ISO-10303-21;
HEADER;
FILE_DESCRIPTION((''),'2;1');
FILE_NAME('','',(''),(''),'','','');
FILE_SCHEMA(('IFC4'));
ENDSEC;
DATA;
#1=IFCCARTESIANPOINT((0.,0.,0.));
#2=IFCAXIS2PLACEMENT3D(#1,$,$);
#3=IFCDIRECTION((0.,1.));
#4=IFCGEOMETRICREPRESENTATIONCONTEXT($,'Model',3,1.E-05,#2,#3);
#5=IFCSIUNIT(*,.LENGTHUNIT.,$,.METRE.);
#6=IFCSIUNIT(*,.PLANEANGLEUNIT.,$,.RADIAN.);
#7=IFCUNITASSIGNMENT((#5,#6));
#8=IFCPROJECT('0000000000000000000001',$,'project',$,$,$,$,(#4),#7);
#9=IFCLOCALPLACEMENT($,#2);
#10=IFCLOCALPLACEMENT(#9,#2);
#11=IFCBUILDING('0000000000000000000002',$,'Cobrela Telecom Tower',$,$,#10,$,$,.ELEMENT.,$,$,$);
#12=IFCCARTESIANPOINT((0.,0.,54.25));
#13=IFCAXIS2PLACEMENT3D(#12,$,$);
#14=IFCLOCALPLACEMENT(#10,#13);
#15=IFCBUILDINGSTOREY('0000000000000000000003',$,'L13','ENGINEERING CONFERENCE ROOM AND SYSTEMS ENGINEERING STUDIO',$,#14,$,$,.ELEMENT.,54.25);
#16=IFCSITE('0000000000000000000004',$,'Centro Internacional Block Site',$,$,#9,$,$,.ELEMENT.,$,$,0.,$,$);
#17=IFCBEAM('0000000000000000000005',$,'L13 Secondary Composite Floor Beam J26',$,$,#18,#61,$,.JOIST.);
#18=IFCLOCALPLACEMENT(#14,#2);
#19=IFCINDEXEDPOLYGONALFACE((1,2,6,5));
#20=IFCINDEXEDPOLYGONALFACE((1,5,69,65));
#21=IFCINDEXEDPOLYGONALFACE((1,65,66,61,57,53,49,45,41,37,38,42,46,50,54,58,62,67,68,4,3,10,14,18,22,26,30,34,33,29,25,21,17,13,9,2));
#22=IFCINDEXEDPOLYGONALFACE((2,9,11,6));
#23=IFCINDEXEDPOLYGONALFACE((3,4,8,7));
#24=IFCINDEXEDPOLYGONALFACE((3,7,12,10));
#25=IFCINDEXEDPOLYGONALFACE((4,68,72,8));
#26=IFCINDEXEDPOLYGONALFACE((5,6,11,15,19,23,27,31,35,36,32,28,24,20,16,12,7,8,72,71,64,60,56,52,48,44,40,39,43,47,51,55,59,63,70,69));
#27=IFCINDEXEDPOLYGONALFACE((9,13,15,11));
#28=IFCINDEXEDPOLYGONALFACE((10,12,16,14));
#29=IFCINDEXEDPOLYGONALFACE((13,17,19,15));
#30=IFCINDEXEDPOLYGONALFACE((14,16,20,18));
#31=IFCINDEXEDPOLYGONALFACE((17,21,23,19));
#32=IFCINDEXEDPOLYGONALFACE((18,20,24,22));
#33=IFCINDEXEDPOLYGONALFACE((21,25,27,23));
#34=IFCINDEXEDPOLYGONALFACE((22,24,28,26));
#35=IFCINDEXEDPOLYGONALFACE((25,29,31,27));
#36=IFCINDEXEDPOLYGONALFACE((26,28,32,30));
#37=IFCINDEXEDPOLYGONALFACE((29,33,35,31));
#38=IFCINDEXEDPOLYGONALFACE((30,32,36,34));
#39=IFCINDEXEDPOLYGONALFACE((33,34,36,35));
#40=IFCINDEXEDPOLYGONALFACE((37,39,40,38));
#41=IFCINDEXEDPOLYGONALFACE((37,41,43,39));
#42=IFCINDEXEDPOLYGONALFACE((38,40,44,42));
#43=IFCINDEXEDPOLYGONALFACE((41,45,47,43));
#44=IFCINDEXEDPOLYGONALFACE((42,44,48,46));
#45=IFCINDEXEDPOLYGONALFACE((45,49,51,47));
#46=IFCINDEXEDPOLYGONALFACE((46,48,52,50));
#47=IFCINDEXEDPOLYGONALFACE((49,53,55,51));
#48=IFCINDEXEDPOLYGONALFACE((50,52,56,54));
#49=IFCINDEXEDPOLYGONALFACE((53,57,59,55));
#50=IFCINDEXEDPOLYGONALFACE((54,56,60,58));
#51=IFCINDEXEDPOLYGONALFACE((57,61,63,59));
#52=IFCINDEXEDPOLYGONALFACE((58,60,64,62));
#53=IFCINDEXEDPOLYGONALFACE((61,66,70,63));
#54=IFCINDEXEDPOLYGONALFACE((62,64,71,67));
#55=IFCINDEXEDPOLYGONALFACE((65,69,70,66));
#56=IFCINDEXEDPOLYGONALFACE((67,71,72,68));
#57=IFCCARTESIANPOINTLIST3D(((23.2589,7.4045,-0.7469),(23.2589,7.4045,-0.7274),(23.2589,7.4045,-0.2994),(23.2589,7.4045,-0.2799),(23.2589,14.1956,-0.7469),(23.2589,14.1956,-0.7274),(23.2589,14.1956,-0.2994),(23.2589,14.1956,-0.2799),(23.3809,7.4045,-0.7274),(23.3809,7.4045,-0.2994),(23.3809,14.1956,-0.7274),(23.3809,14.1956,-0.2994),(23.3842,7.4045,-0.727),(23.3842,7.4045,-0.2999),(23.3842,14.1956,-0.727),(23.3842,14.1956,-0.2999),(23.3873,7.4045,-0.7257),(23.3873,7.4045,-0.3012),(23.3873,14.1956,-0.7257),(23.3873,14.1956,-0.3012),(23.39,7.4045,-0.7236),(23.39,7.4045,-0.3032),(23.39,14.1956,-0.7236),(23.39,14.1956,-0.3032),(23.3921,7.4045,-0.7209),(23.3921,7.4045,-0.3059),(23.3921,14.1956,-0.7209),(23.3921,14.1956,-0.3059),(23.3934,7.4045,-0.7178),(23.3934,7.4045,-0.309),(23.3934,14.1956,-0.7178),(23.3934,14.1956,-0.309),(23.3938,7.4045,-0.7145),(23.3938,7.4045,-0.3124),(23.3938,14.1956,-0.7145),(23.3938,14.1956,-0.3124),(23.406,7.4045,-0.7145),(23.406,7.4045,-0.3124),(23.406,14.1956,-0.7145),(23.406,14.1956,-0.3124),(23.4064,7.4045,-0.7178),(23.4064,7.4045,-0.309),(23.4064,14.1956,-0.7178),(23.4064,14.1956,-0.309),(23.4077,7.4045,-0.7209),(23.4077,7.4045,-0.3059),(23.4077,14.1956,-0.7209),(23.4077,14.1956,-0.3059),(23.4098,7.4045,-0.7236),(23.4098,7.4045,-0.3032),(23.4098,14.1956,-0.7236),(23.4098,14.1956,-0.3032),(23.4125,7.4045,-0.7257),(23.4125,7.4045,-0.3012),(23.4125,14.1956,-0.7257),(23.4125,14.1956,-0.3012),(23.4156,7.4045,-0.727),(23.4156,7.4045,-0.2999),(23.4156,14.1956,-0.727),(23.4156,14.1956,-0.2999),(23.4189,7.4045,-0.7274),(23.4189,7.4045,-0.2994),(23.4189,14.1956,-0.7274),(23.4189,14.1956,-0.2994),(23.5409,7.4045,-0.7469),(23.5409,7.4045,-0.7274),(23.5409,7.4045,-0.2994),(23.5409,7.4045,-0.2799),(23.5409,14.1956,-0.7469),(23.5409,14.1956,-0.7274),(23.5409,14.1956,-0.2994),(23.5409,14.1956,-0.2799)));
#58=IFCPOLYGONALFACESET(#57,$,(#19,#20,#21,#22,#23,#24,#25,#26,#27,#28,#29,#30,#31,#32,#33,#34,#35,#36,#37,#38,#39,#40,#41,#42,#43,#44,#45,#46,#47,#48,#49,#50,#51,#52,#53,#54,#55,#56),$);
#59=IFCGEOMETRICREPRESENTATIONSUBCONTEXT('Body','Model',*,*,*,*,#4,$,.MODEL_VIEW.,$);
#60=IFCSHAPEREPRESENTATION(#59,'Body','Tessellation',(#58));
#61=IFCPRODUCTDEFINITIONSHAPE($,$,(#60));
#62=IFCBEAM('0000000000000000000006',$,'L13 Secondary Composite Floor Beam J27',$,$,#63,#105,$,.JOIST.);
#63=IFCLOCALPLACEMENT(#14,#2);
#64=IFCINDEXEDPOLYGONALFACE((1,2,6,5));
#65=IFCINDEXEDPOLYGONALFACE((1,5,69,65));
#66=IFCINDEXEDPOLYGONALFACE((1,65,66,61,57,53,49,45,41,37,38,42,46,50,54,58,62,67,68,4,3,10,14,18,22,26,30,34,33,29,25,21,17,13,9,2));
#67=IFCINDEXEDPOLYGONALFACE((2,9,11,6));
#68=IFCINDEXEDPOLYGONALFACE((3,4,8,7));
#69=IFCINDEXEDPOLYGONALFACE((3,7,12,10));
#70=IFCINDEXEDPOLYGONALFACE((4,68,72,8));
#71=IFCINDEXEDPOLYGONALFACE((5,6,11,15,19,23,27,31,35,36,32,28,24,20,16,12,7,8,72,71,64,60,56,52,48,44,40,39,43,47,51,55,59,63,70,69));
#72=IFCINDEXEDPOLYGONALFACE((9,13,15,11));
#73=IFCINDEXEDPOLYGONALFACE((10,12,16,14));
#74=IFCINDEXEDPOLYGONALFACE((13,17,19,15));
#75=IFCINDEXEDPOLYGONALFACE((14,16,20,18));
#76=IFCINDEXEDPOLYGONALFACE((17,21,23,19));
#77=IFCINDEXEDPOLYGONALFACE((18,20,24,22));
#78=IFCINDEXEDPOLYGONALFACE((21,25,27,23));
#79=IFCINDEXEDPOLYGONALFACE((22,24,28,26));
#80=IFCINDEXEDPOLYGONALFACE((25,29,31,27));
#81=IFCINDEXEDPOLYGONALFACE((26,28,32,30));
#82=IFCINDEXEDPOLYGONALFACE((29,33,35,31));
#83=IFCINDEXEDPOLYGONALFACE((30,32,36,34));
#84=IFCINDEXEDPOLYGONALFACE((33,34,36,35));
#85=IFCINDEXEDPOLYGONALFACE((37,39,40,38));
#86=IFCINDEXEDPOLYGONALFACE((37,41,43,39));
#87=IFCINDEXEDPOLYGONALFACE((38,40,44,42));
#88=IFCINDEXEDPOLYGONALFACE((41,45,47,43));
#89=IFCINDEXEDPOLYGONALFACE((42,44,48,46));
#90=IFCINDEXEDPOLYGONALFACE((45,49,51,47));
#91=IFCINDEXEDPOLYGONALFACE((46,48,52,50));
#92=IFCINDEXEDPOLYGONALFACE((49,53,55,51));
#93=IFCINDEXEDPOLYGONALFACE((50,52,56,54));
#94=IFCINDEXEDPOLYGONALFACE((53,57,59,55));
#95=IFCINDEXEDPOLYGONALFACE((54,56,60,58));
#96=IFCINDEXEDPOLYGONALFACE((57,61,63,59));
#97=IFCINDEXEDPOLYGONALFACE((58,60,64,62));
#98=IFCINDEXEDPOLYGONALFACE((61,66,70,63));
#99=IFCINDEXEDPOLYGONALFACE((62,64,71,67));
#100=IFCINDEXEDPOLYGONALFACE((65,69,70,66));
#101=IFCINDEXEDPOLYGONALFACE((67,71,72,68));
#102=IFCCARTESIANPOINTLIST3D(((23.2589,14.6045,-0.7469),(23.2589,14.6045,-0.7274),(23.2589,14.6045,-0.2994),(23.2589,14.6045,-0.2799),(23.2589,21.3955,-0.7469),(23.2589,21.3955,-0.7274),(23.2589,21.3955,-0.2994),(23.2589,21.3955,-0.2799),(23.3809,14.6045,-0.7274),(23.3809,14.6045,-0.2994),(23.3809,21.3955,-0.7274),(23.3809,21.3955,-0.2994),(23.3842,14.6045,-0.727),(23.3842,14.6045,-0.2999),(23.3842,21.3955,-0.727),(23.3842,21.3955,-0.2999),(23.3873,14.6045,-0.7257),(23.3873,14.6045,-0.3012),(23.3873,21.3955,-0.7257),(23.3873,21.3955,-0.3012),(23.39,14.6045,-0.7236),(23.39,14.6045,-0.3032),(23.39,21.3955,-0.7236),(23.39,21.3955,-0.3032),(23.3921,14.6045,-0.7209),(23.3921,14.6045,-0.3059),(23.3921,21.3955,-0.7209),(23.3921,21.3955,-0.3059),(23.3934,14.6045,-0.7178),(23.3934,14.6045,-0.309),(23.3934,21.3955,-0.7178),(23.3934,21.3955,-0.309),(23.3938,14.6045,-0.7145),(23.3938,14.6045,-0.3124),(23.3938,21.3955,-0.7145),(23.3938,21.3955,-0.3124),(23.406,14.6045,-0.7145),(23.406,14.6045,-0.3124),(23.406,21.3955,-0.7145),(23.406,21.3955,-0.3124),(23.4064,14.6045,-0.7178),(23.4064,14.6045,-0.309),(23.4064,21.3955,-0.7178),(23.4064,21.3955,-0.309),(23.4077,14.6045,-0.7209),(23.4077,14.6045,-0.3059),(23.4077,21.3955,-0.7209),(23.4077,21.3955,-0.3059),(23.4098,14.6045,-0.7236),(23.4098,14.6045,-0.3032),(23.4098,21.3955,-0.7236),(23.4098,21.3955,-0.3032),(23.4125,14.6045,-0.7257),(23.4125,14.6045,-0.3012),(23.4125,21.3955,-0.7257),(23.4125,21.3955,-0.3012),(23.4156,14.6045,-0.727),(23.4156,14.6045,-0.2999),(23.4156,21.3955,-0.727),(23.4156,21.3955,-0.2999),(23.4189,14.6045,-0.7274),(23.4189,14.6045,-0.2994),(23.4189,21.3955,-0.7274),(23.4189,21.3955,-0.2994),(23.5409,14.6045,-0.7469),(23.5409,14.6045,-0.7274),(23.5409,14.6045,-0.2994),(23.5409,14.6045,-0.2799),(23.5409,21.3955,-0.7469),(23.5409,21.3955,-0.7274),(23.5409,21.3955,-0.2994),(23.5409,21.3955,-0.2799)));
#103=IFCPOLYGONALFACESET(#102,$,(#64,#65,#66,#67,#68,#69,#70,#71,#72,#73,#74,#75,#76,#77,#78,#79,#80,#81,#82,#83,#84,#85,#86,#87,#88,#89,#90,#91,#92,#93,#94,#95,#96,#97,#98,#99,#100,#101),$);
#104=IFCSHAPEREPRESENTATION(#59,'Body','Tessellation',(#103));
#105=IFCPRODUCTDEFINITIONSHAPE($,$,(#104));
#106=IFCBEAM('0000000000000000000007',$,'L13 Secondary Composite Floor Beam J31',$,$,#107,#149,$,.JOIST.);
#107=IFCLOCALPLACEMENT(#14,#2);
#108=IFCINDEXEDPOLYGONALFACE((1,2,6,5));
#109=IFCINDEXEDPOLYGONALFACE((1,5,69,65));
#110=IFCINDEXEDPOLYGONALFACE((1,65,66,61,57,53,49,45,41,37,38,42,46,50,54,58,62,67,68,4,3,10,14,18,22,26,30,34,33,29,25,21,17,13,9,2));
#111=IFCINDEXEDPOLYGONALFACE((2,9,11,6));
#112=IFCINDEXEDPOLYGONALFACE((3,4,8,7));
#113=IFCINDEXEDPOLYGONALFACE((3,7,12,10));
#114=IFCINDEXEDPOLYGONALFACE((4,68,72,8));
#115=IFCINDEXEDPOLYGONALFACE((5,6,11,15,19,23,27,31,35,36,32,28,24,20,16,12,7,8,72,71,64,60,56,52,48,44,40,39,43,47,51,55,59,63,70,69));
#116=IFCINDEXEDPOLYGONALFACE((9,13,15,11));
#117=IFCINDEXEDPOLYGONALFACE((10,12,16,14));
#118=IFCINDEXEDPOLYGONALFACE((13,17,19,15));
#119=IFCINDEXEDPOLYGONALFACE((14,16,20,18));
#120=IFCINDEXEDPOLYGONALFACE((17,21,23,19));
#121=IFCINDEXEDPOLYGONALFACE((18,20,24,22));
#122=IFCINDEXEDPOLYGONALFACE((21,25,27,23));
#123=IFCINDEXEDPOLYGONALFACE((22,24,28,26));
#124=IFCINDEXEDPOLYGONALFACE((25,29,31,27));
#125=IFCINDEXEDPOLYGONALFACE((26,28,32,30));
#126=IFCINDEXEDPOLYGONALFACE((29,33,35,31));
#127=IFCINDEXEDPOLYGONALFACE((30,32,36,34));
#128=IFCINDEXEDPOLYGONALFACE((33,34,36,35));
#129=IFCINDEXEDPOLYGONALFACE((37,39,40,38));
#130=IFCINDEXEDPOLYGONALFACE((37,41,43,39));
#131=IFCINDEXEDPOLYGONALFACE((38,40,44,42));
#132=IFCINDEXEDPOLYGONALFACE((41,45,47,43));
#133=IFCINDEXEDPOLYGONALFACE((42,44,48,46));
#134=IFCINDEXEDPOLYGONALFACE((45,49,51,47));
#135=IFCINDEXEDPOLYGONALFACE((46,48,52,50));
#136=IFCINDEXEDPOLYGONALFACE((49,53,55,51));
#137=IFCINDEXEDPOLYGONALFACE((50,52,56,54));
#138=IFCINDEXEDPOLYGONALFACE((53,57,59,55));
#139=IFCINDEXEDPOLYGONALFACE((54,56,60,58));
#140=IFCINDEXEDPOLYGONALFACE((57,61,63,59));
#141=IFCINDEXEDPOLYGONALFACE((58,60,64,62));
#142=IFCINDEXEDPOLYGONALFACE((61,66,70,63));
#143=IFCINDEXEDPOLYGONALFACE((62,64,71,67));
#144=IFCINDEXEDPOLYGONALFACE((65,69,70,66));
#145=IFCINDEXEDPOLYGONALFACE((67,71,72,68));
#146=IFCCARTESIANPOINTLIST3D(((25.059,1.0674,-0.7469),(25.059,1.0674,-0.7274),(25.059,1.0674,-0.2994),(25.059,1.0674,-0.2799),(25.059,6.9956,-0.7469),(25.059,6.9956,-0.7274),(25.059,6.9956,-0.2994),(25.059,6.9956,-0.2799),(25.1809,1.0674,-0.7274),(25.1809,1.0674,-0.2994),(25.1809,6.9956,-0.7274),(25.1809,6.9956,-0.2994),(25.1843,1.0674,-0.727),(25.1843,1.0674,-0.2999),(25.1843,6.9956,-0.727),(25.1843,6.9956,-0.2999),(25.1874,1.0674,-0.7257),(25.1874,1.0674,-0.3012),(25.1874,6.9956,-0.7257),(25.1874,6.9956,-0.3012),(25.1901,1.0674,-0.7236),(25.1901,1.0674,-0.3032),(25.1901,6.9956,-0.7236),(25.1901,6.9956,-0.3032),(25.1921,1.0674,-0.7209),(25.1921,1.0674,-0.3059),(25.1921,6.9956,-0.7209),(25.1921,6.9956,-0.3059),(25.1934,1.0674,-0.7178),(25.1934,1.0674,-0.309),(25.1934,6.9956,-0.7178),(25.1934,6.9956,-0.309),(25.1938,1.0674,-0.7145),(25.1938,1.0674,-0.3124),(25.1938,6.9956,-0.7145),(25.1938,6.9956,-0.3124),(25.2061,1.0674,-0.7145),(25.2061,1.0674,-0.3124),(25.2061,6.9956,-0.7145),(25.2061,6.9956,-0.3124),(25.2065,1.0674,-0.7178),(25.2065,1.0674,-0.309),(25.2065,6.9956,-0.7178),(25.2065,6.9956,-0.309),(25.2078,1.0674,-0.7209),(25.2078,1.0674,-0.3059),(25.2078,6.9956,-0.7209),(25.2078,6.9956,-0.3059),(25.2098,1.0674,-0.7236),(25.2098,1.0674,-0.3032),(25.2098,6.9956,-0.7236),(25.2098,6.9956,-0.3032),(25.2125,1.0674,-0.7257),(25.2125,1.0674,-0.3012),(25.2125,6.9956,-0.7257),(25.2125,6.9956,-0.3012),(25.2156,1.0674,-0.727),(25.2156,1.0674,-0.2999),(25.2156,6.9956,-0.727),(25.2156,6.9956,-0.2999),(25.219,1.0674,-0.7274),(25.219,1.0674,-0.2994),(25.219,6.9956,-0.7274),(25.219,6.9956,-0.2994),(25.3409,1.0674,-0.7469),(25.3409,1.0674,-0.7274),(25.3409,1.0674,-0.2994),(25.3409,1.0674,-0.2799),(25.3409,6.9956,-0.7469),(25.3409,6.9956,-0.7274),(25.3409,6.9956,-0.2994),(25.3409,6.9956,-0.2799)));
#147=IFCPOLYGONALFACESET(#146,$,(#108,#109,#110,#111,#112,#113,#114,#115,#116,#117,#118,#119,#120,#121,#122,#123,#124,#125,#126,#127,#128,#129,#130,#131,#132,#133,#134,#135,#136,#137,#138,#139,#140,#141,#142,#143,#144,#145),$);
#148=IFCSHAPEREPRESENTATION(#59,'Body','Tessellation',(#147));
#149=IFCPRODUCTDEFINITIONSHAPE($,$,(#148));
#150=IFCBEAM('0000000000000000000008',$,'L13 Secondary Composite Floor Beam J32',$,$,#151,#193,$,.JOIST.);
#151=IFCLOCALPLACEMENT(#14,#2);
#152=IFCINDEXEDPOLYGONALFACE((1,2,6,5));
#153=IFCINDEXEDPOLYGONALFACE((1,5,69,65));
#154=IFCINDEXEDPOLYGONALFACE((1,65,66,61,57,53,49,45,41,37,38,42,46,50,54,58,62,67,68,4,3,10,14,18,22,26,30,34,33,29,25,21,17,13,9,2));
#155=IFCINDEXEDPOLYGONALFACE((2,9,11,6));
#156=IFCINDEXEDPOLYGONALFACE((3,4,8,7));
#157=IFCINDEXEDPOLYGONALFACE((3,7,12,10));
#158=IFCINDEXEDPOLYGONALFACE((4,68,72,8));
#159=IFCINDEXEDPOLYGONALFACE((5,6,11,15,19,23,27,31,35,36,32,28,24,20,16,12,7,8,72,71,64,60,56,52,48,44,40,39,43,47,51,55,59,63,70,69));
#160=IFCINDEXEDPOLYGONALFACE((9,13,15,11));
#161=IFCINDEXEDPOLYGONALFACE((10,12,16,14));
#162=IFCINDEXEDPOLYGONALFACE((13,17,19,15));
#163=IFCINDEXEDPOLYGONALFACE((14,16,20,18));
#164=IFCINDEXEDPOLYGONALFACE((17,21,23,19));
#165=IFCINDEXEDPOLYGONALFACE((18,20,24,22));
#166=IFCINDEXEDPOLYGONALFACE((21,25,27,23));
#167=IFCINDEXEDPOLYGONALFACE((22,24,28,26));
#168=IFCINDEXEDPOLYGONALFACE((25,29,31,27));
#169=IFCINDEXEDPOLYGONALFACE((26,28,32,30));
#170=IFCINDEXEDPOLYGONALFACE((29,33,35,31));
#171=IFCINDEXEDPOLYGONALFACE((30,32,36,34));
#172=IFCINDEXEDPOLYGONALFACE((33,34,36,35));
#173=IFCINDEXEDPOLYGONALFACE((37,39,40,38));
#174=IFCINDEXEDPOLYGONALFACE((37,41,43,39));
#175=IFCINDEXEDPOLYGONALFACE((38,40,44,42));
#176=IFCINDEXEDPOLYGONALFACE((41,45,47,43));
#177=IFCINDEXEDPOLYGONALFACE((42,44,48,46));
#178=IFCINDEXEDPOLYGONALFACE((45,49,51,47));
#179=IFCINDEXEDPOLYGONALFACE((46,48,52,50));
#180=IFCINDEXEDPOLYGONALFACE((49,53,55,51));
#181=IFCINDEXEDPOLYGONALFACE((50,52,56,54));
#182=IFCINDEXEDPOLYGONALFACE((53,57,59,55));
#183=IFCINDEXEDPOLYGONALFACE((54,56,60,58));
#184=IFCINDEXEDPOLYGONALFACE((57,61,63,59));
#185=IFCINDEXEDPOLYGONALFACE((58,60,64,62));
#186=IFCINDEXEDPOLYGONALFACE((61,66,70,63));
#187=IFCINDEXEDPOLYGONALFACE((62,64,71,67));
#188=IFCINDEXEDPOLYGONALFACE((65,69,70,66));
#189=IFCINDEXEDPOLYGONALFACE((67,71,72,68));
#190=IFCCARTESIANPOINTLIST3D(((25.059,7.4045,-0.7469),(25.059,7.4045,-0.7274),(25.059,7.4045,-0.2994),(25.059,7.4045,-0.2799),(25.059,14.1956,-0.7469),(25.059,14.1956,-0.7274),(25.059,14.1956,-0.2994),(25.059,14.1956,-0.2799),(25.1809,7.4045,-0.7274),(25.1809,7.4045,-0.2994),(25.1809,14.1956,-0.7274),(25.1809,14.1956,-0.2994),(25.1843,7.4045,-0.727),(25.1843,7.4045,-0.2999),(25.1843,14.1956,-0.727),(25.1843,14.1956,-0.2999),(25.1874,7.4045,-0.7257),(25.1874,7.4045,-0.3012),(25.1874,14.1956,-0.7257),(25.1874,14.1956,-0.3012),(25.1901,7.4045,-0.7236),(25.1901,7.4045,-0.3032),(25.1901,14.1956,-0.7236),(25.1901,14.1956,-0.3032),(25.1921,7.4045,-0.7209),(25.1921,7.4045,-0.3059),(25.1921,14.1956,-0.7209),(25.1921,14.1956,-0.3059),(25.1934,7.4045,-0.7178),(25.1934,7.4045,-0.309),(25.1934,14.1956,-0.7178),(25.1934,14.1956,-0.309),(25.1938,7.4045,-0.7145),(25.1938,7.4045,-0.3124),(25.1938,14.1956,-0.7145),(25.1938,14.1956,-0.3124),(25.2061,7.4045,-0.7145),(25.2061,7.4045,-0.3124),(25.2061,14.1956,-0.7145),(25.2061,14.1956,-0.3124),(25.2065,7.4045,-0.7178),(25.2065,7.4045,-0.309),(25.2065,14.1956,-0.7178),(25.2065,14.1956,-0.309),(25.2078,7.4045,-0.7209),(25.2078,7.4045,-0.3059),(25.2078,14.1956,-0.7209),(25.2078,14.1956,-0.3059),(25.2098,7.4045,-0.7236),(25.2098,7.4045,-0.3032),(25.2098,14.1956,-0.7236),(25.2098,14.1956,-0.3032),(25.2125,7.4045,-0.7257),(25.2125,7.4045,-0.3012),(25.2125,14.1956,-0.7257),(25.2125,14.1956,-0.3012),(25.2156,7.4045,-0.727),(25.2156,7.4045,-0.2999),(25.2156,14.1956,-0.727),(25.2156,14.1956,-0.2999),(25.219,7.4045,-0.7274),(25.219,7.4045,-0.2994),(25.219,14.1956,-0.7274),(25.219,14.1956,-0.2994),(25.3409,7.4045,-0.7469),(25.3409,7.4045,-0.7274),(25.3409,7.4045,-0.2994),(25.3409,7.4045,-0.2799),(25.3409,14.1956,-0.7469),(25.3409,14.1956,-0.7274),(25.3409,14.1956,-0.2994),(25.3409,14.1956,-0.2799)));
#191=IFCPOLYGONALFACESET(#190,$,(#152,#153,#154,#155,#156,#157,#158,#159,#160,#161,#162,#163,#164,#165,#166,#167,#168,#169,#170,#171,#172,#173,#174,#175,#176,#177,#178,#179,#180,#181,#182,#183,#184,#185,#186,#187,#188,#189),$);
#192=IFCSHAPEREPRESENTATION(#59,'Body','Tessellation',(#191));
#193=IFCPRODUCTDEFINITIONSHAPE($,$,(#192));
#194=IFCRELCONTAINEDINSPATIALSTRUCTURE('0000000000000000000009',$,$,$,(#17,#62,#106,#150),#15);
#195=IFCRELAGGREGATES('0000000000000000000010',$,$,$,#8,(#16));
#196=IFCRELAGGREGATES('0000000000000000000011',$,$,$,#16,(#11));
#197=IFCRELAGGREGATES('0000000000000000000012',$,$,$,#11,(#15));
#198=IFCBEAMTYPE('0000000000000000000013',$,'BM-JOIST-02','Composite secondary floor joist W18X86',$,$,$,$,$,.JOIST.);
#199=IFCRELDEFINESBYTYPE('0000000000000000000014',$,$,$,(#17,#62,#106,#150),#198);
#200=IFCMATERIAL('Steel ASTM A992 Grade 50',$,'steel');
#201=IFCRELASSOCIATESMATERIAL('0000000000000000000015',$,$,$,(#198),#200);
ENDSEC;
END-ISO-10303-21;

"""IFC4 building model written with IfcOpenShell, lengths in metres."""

from ifc_helpers import new_model, si_unit, direction, frame, origin, origin_2d, place, context, subcontext, project, spatial, i_section, extrude, material, material_profile, profile_set, type_object, element, save


model = new_model("IFC4")

# Units and contexts
model_context = context("Model", 3, precision=1e-05, world=origin(), true_north=direction((0.0, 1.0)))
body_context = subcontext(model_context, "Body", "Model", "MODEL_VIEW")
ifc_project = project(units=[si_unit("LENGTHUNIT", "METRE"), si_unit("PLANEANGLEUNIT", "RADIAN")], contexts=[model_context])

# Site, building, storey
site_placement = place(None, origin())
site = spatial("IfcSite", under=ifc_project, at=site_placement, Name="Centro Internacional Block Site", CompositionType="ELEMENT", RefElevation=0.0)
building_placement = place(site_placement, origin())
building = spatial("IfcBuilding", under=site, at=building_placement, Name="Cobrela Telecom Tower", CompositionType="ELEMENT")
storey_placement = place(building_placement, frame((0.0, 0.0, 54.25)))
storey = spatial("IfcBuildingStorey", under=building, at=storey_placement, Name="L13", Description="ENGINEERING CONFERENCE ROOM AND SYSTEMS ENGINEERING STUDIO", CompositionType="ELEMENT", Elevation=54.25)

# Shared definitions
ifc_material_1 = material(Name="Steel ASTM A992 Grade 50", Category="steel")

# Beams
ifc_material_profile_1 = material_profile(ifc_material_1, i_section(OverallWidth=0.282, OverallDepth=0.467, WebThickness=0.0122, FlangeThickness=0.0195, FilletRadius=0.0129, at=origin_2d()), Name="W18X86")
ifc_profile_set_1 = profile_set([ifc_material_profile_1], Name="Steel ASTM A992 Grade 50")
beam_type_1 = type_object("IfcBeamType", Name="BM-JOIST-02", Description="Composite secondary floor joist W18X86", PredefinedType="JOIST", material=ifc_profile_set_1)
for number, where, z_axis, x_axis, name in (
    (1, (23.3999, 7.4045, -0.5134), (0.0, 1.0, 0.0), (-1.0, 0.0, 0.0), "L13 Secondary Composite Floor Beam J26"),
    (2, (23.3999, 14.6045, -0.5134), (0.0, 1.0, 0.0), (-1.0, 0.0, 0.0), "L13 Secondary Composite Floor Beam J27"),
):
    element("IfcBeam", number, at=place(storey_placement, frame(where, z_axis=z_axis, x_axis=x_axis)), inside=storey, type_object=beam_type_1, Name=name, PredefinedType="JOIST", context=body_context, shape_type="SweptSolid", body=[
        extrude(i_section(OverallWidth=0.282, OverallDepth=0.467, WebThickness=0.0122, FlangeThickness=0.0195, FilletRadius=0.0129, at=origin_2d()), origin(), (0.0, 0.0, 1.0), 6.791),
    ])
beam_1_placement = place(storey_placement, frame((25.2, 1.0674, -0.5134), z_axis=(0.0, 1.0, 0.0), x_axis=(-1.0, 0.0, 0.0)))
element("IfcBeam", 3, at=beam_1_placement, inside=storey, type_object=beam_type_1, Name="L13 Secondary Composite Floor Beam J31", PredefinedType="JOIST", context=body_context, shape_type="SweptSolid", body=[
    extrude(i_section(OverallWidth=0.282, OverallDepth=0.467, WebThickness=0.0122, FlangeThickness=0.0195, FilletRadius=0.0129, at=origin_2d()), origin(), (0.0, 0.0, 1.0), 5.9282),
])
beam_2_placement = place(storey_placement, frame((25.2, 7.4045, -0.5134), z_axis=(0.0, 1.0, 0.0), x_axis=(-1.0, 0.0, 0.0)))
element("IfcBeam", 4, at=beam_2_placement, inside=storey, type_object=beam_type_1, Name="L13 Secondary Composite Floor Beam J32", PredefinedType="JOIST", context=body_context, shape_type="SweptSolid", body=[
    extrude(i_section(OverallWidth=0.282, OverallDepth=0.467, WebThickness=0.0122, FlangeThickness=0.0195, FilletRadius=0.0129, at=origin_2d()), origin(), (0.0, 0.0, 1.0), 6.791),
])

save(model, "model.ifc")
